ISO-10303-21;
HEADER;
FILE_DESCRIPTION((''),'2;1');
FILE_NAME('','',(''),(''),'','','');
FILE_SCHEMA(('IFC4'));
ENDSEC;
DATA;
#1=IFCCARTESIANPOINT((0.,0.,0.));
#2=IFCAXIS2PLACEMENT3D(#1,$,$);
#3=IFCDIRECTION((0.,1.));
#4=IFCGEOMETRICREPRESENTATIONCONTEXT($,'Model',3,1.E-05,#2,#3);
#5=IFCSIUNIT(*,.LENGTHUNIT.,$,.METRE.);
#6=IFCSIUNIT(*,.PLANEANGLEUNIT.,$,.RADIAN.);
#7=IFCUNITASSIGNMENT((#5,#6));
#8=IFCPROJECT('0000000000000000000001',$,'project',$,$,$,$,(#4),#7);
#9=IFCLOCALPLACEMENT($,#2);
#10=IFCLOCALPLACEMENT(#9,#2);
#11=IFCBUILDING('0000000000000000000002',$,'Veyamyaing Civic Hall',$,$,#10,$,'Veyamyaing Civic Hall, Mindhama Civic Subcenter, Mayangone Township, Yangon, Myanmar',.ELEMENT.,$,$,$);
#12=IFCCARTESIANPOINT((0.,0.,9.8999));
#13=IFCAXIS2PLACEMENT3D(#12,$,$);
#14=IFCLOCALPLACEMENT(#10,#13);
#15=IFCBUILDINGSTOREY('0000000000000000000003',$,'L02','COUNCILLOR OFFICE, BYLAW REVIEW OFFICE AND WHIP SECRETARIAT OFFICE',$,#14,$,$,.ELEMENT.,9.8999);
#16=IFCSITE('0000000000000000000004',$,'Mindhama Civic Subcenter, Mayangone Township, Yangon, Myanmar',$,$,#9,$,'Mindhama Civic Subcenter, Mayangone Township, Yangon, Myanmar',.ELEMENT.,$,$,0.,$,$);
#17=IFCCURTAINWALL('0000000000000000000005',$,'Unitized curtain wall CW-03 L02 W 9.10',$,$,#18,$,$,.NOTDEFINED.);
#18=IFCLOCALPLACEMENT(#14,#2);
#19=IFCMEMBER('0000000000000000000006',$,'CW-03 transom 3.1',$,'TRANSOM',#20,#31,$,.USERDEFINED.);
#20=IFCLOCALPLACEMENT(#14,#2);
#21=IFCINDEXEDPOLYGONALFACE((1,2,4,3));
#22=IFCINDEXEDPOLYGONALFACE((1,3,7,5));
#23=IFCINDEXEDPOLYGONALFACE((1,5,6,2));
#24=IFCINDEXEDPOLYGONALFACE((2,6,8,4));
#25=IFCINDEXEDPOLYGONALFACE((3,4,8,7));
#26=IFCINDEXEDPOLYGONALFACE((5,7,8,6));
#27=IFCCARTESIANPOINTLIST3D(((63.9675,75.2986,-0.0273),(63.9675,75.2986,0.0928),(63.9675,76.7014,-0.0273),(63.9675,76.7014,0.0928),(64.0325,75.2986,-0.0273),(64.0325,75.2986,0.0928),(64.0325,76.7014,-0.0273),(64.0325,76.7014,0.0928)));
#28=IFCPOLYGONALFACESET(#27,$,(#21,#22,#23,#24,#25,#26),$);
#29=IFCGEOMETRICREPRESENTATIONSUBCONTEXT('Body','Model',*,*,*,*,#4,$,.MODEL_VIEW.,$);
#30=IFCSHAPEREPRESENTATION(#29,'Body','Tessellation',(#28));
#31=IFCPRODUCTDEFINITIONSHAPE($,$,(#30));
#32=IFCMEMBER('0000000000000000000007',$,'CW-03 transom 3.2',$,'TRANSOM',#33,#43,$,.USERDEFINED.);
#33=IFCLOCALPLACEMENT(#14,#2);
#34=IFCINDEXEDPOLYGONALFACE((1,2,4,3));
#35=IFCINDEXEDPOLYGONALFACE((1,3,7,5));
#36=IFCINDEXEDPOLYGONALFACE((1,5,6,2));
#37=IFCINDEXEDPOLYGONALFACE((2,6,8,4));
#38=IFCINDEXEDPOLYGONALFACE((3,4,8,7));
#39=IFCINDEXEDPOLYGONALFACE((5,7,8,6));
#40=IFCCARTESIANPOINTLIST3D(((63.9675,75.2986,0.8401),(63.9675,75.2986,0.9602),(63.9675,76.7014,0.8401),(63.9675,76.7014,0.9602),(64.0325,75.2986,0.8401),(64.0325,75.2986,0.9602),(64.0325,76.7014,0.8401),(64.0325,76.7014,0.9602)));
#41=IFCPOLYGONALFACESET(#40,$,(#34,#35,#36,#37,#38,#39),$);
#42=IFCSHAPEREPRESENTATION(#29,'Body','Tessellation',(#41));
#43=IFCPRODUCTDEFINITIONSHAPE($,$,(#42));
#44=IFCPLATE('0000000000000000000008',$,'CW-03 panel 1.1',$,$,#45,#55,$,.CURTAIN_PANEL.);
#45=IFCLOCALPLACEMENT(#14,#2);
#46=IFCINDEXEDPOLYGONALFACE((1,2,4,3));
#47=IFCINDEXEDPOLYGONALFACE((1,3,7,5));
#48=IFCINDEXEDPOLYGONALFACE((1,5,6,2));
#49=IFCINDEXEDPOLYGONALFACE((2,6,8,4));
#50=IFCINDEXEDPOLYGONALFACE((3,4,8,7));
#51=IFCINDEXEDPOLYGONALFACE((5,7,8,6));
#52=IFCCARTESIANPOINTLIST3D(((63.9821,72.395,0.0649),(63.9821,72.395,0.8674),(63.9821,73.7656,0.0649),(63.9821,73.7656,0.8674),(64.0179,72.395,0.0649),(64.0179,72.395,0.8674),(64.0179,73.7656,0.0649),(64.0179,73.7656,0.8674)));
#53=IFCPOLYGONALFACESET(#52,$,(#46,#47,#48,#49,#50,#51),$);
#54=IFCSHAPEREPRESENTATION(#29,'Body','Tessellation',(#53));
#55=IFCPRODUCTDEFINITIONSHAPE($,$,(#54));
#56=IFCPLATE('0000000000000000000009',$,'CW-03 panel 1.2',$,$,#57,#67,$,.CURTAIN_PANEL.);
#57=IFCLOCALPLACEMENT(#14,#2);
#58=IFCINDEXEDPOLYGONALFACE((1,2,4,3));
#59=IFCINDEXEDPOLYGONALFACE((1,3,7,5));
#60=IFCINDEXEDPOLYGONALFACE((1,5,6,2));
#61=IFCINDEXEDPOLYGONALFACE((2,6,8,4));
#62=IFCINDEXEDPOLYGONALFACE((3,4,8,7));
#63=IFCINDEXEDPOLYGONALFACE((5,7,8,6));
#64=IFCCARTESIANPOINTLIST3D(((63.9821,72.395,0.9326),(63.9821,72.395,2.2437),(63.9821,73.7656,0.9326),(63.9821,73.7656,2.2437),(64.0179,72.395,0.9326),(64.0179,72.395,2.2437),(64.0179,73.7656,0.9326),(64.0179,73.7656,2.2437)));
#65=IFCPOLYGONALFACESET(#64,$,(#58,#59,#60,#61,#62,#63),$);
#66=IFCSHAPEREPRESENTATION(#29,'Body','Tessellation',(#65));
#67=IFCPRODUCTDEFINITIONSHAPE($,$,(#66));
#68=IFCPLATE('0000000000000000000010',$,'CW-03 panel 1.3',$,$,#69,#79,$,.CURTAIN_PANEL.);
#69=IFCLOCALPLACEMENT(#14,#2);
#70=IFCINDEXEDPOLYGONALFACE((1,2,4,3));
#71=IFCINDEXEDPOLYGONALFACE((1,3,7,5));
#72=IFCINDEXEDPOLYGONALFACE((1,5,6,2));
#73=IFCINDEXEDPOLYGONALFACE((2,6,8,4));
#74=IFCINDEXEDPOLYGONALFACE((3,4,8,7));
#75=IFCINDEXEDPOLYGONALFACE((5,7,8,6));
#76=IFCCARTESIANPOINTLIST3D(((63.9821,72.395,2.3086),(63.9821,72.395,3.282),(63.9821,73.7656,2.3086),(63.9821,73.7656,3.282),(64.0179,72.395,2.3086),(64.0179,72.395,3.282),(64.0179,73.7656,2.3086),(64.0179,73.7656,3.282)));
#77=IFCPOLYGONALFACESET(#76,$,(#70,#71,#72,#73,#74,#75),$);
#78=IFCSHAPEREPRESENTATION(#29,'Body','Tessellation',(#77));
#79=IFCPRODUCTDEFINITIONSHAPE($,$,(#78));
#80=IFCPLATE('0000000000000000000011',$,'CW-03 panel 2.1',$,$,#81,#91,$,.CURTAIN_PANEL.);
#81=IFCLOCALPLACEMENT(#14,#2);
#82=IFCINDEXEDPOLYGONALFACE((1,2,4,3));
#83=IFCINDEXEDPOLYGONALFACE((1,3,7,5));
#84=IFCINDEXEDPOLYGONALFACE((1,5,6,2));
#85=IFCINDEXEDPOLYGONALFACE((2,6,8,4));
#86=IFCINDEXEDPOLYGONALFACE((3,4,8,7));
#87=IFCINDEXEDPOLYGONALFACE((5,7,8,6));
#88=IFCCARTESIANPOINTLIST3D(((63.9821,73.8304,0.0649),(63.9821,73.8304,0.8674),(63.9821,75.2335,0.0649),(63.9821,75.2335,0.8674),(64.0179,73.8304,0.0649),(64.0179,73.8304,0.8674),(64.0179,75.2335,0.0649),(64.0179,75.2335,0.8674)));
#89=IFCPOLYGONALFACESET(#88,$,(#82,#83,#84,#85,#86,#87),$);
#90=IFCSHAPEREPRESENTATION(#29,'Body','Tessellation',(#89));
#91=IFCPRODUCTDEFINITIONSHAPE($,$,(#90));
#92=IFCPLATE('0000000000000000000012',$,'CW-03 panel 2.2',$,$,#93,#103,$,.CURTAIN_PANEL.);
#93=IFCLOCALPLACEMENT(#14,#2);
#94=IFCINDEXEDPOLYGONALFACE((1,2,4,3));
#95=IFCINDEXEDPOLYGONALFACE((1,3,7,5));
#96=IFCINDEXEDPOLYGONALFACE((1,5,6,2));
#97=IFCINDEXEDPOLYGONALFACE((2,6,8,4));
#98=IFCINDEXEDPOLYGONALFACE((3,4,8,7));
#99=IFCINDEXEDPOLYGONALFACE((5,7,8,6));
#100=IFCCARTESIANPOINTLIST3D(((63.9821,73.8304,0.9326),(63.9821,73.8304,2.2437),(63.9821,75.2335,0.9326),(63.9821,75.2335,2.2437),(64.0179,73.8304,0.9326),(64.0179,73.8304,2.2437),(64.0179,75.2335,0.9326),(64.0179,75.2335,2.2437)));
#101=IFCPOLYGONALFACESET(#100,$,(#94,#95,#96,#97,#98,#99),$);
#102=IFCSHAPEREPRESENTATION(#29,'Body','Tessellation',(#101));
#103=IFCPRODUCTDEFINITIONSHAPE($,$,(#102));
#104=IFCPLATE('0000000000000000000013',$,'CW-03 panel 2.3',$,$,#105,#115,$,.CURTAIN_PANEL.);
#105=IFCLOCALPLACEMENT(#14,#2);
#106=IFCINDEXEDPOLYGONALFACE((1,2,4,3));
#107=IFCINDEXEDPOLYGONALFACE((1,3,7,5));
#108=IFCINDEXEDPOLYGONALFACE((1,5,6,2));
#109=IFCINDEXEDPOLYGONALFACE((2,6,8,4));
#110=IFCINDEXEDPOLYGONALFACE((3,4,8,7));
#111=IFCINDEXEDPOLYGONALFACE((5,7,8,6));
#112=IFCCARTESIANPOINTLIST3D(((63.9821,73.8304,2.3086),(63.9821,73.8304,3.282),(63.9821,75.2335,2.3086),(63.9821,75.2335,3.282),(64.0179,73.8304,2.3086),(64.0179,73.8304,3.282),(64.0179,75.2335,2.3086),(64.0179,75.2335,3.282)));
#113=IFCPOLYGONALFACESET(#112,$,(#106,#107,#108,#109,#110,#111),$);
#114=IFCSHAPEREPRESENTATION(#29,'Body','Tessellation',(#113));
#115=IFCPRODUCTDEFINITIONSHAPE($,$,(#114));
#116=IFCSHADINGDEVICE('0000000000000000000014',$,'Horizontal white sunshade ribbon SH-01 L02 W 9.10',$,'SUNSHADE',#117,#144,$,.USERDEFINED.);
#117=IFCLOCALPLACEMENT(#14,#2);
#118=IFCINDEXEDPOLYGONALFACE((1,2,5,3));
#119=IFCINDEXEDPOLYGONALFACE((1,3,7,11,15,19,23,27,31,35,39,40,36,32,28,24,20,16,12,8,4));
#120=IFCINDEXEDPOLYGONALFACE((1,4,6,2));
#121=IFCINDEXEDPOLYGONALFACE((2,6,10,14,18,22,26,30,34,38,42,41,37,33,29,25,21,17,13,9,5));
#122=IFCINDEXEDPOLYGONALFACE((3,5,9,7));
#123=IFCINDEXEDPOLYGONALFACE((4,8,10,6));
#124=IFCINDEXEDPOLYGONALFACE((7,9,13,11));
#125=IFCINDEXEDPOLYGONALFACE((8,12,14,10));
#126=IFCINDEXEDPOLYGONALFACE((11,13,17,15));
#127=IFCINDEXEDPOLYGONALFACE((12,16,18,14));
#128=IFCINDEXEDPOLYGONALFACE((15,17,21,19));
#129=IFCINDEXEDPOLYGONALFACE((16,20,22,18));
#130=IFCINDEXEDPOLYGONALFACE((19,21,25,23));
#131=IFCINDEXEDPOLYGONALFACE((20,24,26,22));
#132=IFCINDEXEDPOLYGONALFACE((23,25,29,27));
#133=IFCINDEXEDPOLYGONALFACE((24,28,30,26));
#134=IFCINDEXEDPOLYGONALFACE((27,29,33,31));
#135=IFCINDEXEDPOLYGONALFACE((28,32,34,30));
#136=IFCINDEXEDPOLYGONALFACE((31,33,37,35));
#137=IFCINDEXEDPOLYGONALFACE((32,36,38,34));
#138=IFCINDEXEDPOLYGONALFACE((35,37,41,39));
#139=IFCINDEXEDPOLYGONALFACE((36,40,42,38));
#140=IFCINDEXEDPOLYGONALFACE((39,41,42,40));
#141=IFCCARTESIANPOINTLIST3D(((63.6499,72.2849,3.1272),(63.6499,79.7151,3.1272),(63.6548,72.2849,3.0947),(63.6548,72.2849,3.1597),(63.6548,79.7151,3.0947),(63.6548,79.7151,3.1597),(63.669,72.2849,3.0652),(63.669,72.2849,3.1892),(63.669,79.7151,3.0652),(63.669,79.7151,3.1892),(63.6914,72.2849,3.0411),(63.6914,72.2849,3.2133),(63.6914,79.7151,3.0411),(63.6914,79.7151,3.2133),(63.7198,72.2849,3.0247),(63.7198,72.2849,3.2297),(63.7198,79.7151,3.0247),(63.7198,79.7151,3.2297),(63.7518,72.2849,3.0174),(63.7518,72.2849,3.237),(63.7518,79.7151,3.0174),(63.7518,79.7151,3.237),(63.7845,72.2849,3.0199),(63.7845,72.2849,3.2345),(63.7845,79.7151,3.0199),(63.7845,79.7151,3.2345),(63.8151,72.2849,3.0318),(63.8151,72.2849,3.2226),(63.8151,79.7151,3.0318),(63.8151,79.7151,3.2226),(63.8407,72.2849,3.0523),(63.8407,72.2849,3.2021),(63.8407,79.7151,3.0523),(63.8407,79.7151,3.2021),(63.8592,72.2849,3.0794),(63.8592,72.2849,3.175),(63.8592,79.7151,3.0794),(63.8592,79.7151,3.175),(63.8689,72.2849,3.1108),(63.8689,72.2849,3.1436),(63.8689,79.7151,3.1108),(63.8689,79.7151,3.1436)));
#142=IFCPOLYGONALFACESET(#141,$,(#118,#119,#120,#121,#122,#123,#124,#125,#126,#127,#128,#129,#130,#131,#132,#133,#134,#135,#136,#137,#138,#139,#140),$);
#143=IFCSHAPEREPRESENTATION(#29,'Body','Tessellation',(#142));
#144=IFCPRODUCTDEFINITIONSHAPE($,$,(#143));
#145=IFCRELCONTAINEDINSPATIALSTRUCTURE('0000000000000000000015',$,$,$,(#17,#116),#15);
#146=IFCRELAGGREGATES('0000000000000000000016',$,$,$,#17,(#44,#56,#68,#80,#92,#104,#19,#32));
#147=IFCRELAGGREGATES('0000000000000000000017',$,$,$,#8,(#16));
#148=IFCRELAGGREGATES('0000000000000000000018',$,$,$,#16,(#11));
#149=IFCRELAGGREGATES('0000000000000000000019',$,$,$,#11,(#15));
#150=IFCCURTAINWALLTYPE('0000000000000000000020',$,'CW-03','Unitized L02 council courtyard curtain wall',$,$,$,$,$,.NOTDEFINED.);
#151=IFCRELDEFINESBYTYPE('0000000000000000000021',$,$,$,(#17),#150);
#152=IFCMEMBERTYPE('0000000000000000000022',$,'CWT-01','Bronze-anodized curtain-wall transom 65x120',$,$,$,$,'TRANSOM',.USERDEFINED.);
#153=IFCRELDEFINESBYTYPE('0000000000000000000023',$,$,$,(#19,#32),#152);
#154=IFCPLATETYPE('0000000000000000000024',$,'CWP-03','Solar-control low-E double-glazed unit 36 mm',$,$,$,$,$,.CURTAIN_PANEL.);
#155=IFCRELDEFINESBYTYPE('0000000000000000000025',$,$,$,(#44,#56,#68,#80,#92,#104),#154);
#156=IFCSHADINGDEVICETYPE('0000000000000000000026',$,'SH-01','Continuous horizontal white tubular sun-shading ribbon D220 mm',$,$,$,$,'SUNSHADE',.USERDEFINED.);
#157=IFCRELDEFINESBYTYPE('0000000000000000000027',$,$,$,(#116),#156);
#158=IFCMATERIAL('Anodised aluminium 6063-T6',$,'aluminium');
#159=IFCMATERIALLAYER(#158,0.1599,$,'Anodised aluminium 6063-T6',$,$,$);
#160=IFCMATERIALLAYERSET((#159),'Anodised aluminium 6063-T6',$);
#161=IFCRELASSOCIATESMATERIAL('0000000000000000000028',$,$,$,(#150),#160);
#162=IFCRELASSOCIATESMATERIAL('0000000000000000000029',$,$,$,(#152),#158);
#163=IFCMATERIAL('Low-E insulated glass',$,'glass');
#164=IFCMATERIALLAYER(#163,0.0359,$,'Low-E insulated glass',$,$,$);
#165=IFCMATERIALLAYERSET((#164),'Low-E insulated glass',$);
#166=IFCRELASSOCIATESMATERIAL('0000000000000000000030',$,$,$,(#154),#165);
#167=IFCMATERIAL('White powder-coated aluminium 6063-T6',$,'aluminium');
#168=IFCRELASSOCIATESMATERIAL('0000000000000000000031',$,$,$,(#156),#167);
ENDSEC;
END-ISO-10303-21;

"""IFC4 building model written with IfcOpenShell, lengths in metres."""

from ifc_helpers import new_model, si_unit, direction, frame, origin, origin_2d, place, context, subcontext, project, spatial, rectangle, circle, extrude, material, layer, layer_set, material_profile, profile_set, type_object, element, aggregate, save


model = new_model("IFC4")

# Units and contexts
model_context = context("Model", 3, precision=1e-05, world=origin(), true_north=direction((0.0, 1.0)))
body_context = subcontext(model_context, "Body", "Model", "MODEL_VIEW")
ifc_project = project(units=[si_unit("LENGTHUNIT", "METRE"), si_unit("PLANEANGLEUNIT", "RADIAN")], contexts=[model_context])

# Site, building, storey
site_placement = place(None, origin())
site = spatial("IfcSite", under=ifc_project, at=site_placement, Name="Mindhama Civic Subcenter, Mayangone Township, Yangon, Myanmar", LongName="Mindhama Civic Subcenter, Mayangone Township, Yangon, Myanmar", CompositionType="ELEMENT", RefElevation=0.0)
building_placement = place(site_placement, origin())
building = spatial("IfcBuilding", under=site, at=building_placement, Name="Veyamyaing Civic Hall", LongName="Veyamyaing Civic Hall, Mindhama Civic Subcenter, Mayangone Township, Yangon, Myanmar", CompositionType="ELEMENT")
storey_placement = place(building_placement, frame((0.0, 0.0, 9.8999)))
storey = spatial("IfcBuildingStorey", under=building, at=storey_placement, Name="L02", Description="COUNCILLOR OFFICE, BYLAW REVIEW OFFICE AND WHIP SECRETARIAT OFFICE", CompositionType="ELEMENT", Elevation=9.8999)

# Curtain wall, members, plates
ifc_material_1 = material(Name="Anodised aluminium 6063-T6", Category="aluminium")
ifc_layer_1 = layer(ifc_material_1, 0.1599, Name="Anodised aluminium 6063-T6")
ifc_layer_set_1 = layer_set([ifc_layer_1], Name="Anodised aluminium 6063-T6")
curtain_wall_type = type_object("IfcCurtainWallType", Name="CW-03", Description="Unitized L02 council courtyard curtain wall", PredefinedType="NOTDEFINED", material=ifc_layer_set_1)
curtain_wall_placement = place(storey_placement, origin())
curtain_wall = element("IfcCurtainWall", 1, at=curtain_wall_placement, inside=storey, type_object=curtain_wall_type, Name="Unitized curtain wall CW-03 L02 W 9.10", PredefinedType="NOTDEFINED")
ifc_material_profile_1 = material_profile(ifc_material_1, rectangle(XDim=0.0649, YDim=0.1201, at=origin_2d()), Name="ALU-TRN-65X120")
ifc_profile_set_1 = profile_set([ifc_material_profile_1], Name="Anodised aluminium 6063-T6")
member_type_1 = type_object("IfcMemberType", Name="CWT-01", Description="Bronze-anodized curtain-wall transom 65x120", ElementType="TRANSOM", PredefinedType="USERDEFINED", material=ifc_profile_set_1)
member_1_placement = place(storey_placement, frame((64.0, 75.2986, 0.0327), z_axis=(0.0, 1.0, 0.0), x_axis=(-1.0, 0.0, 0.0)))
member_1 = element("IfcMember", 2, at=member_1_placement, type_object=member_type_1, Name="CW-03 transom 3.1", ObjectType="TRANSOM", PredefinedType="USERDEFINED", context=body_context, shape_type="SweptSolid", body=[
    extrude(rectangle(XDim=0.0649, YDim=0.1201, at=origin_2d()), origin(), (0.0, 0.0, 1.0), 1.4028),
])
member_2_placement = place(storey_placement, frame((64.0, 75.2986, 0.9001), z_axis=(0.0, 1.0, 0.0), x_axis=(-1.0, 0.0, 0.0)))
member_2 = element("IfcMember", 3, at=member_2_placement, type_object=member_type_1, Name="CW-03 transom 3.2", ObjectType="TRANSOM", PredefinedType="USERDEFINED", context=body_context, shape_type="SweptSolid", body=[
    extrude(rectangle(XDim=0.0649, YDim=0.1201, at=origin_2d()), origin(), (0.0, 0.0, 1.0), 1.4028),
])
ifc_material_2 = material(Name="Low-E insulated glass", Category="glass")
ifc_layer_2 = layer(ifc_material_2, 0.0359, Name="Low-E insulated glass")
ifc_layer_set_2 = layer_set([ifc_layer_2], Name="Low-E insulated glass")
plate_type = type_object("IfcPlateType", Name="CWP-03", Description="Solar-control low-E double-glazed unit 36 mm", PredefinedType="CURTAIN_PANEL", material=ifc_layer_set_2)
plate_1_placement = place(storey_placement, frame((64.0, 73.0803, 0.0649), z_axis=(0.0, 0.0, 1.0), x_axis=(0.0, 1.0, 0.0)))
plate_1 = element("IfcPlate", 4, at=plate_1_placement, type_object=plate_type, Name="CW-03 panel 1.1", PredefinedType="CURTAIN_PANEL", context=body_context, shape_type="SweptSolid", body=[
    extrude(rectangle(XDim=1.3706, YDim=0.0359, at=origin_2d()), origin(), (0.0, 0.0, 1.0), 0.8025),
])
plate_2_placement = place(storey_placement, frame((64.0, 73.0803, 0.9326), z_axis=(0.0, 0.0, 1.0), x_axis=(0.0, 1.0, 0.0)))
plate_2 = element("IfcPlate", 5, at=plate_2_placement, type_object=plate_type, Name="CW-03 panel 1.2", PredefinedType="CURTAIN_PANEL", context=body_context, shape_type="SweptSolid", body=[
    extrude(rectangle(XDim=1.3706, YDim=0.0359, at=origin_2d()), origin(), (0.0, 0.0, 1.0), 1.311),
])
plate_3_placement = place(storey_placement, frame((64.0, 73.0803, 2.3086), z_axis=(0.0, 0.0, 1.0), x_axis=(0.0, 1.0, 0.0)))
plate_3 = element("IfcPlate", 6, at=plate_3_placement, type_object=plate_type, Name="CW-03 panel 1.3", PredefinedType="CURTAIN_PANEL", context=body_context, shape_type="SweptSolid", body=[
    extrude(rectangle(XDim=1.3706, YDim=0.0359, at=origin_2d()), origin(), (0.0, 0.0, 1.0), 0.9734),
])
plate_4_placement = place(storey_placement, frame((64.0, 74.532, 0.0649), z_axis=(0.0, 0.0, 1.0), x_axis=(0.0, 1.0, 0.0)))
plate_4 = element("IfcPlate", 7, at=plate_4_placement, type_object=plate_type, Name="CW-03 panel 2.1", PredefinedType="CURTAIN_PANEL", context=body_context, shape_type="SweptSolid", body=[
    extrude(rectangle(XDim=1.4031, YDim=0.0359, at=origin_2d()), origin(), (0.0, 0.0, 1.0), 0.8025),
])
plate_5_placement = place(storey_placement, frame((64.0, 74.532, 0.9326), z_axis=(0.0, 0.0, 1.0), x_axis=(0.0, 1.0, 0.0)))
plate_5 = element("IfcPlate", 8, at=plate_5_placement, type_object=plate_type, Name="CW-03 panel 2.2", PredefinedType="CURTAIN_PANEL", context=body_context, shape_type="SweptSolid", body=[
    extrude(rectangle(XDim=1.4031, YDim=0.0359, at=origin_2d()), origin(), (0.0, 0.0, 1.0), 1.311),
])
plate_6_placement = place(storey_placement, frame((64.0, 74.532, 2.3086), z_axis=(0.0, 0.0, 1.0), x_axis=(0.0, 1.0, 0.0)))
plate_6 = element("IfcPlate", 9, at=plate_6_placement, type_object=plate_type, Name="CW-03 panel 2.3", PredefinedType="CURTAIN_PANEL", context=body_context, shape_type="SweptSolid", body=[
    extrude(rectangle(XDim=1.4031, YDim=0.0359, at=origin_2d()), origin(), (0.0, 0.0, 1.0), 0.9734),
])
aggregate(curtain_wall, [plate_1, plate_2, plate_3, plate_4, plate_5, plate_6, member_1, member_2])

# Shading device
ifc_material_3 = material(Name="White powder-coated aluminium 6063-T6", Category="aluminium")
ifc_material_profile_2 = material_profile(ifc_material_3, circle(Radius=0.1101, at=origin_2d()), Name="SHADE-TUBE-220")
ifc_profile_set_2 = profile_set([ifc_material_profile_2], Name="White powder-coated aluminium 6063-T6")
shading_device_type = type_object("IfcShadingDeviceType", Name="SH-01", Description="Continuous horizontal white tubular sun-shading ribbon D220 mm", ElementType="SUNSHADE", PredefinedType="USERDEFINED", material=ifc_profile_set_2)
shading_device_placement = place(storey_placement, frame((63.76, 72.2849, 3.1272), z_axis=(0.0, 1.0, 0.0), x_axis=(-1.0, 0.0, 0.0)))
element("IfcShadingDevice", 10, at=shading_device_placement, inside=storey, type_object=shading_device_type, Name="Horizontal white sunshade ribbon SH-01 L02 W 9.10", ObjectType="SUNSHADE", PredefinedType="USERDEFINED", context=body_context, shape_type="SweptSolid", body=[
    extrude(circle(Radius=0.1101, at=origin_2d()), origin(), (0.0, 0.0, 1.0), 7.4302),
])

save(model, "model.ifc")
